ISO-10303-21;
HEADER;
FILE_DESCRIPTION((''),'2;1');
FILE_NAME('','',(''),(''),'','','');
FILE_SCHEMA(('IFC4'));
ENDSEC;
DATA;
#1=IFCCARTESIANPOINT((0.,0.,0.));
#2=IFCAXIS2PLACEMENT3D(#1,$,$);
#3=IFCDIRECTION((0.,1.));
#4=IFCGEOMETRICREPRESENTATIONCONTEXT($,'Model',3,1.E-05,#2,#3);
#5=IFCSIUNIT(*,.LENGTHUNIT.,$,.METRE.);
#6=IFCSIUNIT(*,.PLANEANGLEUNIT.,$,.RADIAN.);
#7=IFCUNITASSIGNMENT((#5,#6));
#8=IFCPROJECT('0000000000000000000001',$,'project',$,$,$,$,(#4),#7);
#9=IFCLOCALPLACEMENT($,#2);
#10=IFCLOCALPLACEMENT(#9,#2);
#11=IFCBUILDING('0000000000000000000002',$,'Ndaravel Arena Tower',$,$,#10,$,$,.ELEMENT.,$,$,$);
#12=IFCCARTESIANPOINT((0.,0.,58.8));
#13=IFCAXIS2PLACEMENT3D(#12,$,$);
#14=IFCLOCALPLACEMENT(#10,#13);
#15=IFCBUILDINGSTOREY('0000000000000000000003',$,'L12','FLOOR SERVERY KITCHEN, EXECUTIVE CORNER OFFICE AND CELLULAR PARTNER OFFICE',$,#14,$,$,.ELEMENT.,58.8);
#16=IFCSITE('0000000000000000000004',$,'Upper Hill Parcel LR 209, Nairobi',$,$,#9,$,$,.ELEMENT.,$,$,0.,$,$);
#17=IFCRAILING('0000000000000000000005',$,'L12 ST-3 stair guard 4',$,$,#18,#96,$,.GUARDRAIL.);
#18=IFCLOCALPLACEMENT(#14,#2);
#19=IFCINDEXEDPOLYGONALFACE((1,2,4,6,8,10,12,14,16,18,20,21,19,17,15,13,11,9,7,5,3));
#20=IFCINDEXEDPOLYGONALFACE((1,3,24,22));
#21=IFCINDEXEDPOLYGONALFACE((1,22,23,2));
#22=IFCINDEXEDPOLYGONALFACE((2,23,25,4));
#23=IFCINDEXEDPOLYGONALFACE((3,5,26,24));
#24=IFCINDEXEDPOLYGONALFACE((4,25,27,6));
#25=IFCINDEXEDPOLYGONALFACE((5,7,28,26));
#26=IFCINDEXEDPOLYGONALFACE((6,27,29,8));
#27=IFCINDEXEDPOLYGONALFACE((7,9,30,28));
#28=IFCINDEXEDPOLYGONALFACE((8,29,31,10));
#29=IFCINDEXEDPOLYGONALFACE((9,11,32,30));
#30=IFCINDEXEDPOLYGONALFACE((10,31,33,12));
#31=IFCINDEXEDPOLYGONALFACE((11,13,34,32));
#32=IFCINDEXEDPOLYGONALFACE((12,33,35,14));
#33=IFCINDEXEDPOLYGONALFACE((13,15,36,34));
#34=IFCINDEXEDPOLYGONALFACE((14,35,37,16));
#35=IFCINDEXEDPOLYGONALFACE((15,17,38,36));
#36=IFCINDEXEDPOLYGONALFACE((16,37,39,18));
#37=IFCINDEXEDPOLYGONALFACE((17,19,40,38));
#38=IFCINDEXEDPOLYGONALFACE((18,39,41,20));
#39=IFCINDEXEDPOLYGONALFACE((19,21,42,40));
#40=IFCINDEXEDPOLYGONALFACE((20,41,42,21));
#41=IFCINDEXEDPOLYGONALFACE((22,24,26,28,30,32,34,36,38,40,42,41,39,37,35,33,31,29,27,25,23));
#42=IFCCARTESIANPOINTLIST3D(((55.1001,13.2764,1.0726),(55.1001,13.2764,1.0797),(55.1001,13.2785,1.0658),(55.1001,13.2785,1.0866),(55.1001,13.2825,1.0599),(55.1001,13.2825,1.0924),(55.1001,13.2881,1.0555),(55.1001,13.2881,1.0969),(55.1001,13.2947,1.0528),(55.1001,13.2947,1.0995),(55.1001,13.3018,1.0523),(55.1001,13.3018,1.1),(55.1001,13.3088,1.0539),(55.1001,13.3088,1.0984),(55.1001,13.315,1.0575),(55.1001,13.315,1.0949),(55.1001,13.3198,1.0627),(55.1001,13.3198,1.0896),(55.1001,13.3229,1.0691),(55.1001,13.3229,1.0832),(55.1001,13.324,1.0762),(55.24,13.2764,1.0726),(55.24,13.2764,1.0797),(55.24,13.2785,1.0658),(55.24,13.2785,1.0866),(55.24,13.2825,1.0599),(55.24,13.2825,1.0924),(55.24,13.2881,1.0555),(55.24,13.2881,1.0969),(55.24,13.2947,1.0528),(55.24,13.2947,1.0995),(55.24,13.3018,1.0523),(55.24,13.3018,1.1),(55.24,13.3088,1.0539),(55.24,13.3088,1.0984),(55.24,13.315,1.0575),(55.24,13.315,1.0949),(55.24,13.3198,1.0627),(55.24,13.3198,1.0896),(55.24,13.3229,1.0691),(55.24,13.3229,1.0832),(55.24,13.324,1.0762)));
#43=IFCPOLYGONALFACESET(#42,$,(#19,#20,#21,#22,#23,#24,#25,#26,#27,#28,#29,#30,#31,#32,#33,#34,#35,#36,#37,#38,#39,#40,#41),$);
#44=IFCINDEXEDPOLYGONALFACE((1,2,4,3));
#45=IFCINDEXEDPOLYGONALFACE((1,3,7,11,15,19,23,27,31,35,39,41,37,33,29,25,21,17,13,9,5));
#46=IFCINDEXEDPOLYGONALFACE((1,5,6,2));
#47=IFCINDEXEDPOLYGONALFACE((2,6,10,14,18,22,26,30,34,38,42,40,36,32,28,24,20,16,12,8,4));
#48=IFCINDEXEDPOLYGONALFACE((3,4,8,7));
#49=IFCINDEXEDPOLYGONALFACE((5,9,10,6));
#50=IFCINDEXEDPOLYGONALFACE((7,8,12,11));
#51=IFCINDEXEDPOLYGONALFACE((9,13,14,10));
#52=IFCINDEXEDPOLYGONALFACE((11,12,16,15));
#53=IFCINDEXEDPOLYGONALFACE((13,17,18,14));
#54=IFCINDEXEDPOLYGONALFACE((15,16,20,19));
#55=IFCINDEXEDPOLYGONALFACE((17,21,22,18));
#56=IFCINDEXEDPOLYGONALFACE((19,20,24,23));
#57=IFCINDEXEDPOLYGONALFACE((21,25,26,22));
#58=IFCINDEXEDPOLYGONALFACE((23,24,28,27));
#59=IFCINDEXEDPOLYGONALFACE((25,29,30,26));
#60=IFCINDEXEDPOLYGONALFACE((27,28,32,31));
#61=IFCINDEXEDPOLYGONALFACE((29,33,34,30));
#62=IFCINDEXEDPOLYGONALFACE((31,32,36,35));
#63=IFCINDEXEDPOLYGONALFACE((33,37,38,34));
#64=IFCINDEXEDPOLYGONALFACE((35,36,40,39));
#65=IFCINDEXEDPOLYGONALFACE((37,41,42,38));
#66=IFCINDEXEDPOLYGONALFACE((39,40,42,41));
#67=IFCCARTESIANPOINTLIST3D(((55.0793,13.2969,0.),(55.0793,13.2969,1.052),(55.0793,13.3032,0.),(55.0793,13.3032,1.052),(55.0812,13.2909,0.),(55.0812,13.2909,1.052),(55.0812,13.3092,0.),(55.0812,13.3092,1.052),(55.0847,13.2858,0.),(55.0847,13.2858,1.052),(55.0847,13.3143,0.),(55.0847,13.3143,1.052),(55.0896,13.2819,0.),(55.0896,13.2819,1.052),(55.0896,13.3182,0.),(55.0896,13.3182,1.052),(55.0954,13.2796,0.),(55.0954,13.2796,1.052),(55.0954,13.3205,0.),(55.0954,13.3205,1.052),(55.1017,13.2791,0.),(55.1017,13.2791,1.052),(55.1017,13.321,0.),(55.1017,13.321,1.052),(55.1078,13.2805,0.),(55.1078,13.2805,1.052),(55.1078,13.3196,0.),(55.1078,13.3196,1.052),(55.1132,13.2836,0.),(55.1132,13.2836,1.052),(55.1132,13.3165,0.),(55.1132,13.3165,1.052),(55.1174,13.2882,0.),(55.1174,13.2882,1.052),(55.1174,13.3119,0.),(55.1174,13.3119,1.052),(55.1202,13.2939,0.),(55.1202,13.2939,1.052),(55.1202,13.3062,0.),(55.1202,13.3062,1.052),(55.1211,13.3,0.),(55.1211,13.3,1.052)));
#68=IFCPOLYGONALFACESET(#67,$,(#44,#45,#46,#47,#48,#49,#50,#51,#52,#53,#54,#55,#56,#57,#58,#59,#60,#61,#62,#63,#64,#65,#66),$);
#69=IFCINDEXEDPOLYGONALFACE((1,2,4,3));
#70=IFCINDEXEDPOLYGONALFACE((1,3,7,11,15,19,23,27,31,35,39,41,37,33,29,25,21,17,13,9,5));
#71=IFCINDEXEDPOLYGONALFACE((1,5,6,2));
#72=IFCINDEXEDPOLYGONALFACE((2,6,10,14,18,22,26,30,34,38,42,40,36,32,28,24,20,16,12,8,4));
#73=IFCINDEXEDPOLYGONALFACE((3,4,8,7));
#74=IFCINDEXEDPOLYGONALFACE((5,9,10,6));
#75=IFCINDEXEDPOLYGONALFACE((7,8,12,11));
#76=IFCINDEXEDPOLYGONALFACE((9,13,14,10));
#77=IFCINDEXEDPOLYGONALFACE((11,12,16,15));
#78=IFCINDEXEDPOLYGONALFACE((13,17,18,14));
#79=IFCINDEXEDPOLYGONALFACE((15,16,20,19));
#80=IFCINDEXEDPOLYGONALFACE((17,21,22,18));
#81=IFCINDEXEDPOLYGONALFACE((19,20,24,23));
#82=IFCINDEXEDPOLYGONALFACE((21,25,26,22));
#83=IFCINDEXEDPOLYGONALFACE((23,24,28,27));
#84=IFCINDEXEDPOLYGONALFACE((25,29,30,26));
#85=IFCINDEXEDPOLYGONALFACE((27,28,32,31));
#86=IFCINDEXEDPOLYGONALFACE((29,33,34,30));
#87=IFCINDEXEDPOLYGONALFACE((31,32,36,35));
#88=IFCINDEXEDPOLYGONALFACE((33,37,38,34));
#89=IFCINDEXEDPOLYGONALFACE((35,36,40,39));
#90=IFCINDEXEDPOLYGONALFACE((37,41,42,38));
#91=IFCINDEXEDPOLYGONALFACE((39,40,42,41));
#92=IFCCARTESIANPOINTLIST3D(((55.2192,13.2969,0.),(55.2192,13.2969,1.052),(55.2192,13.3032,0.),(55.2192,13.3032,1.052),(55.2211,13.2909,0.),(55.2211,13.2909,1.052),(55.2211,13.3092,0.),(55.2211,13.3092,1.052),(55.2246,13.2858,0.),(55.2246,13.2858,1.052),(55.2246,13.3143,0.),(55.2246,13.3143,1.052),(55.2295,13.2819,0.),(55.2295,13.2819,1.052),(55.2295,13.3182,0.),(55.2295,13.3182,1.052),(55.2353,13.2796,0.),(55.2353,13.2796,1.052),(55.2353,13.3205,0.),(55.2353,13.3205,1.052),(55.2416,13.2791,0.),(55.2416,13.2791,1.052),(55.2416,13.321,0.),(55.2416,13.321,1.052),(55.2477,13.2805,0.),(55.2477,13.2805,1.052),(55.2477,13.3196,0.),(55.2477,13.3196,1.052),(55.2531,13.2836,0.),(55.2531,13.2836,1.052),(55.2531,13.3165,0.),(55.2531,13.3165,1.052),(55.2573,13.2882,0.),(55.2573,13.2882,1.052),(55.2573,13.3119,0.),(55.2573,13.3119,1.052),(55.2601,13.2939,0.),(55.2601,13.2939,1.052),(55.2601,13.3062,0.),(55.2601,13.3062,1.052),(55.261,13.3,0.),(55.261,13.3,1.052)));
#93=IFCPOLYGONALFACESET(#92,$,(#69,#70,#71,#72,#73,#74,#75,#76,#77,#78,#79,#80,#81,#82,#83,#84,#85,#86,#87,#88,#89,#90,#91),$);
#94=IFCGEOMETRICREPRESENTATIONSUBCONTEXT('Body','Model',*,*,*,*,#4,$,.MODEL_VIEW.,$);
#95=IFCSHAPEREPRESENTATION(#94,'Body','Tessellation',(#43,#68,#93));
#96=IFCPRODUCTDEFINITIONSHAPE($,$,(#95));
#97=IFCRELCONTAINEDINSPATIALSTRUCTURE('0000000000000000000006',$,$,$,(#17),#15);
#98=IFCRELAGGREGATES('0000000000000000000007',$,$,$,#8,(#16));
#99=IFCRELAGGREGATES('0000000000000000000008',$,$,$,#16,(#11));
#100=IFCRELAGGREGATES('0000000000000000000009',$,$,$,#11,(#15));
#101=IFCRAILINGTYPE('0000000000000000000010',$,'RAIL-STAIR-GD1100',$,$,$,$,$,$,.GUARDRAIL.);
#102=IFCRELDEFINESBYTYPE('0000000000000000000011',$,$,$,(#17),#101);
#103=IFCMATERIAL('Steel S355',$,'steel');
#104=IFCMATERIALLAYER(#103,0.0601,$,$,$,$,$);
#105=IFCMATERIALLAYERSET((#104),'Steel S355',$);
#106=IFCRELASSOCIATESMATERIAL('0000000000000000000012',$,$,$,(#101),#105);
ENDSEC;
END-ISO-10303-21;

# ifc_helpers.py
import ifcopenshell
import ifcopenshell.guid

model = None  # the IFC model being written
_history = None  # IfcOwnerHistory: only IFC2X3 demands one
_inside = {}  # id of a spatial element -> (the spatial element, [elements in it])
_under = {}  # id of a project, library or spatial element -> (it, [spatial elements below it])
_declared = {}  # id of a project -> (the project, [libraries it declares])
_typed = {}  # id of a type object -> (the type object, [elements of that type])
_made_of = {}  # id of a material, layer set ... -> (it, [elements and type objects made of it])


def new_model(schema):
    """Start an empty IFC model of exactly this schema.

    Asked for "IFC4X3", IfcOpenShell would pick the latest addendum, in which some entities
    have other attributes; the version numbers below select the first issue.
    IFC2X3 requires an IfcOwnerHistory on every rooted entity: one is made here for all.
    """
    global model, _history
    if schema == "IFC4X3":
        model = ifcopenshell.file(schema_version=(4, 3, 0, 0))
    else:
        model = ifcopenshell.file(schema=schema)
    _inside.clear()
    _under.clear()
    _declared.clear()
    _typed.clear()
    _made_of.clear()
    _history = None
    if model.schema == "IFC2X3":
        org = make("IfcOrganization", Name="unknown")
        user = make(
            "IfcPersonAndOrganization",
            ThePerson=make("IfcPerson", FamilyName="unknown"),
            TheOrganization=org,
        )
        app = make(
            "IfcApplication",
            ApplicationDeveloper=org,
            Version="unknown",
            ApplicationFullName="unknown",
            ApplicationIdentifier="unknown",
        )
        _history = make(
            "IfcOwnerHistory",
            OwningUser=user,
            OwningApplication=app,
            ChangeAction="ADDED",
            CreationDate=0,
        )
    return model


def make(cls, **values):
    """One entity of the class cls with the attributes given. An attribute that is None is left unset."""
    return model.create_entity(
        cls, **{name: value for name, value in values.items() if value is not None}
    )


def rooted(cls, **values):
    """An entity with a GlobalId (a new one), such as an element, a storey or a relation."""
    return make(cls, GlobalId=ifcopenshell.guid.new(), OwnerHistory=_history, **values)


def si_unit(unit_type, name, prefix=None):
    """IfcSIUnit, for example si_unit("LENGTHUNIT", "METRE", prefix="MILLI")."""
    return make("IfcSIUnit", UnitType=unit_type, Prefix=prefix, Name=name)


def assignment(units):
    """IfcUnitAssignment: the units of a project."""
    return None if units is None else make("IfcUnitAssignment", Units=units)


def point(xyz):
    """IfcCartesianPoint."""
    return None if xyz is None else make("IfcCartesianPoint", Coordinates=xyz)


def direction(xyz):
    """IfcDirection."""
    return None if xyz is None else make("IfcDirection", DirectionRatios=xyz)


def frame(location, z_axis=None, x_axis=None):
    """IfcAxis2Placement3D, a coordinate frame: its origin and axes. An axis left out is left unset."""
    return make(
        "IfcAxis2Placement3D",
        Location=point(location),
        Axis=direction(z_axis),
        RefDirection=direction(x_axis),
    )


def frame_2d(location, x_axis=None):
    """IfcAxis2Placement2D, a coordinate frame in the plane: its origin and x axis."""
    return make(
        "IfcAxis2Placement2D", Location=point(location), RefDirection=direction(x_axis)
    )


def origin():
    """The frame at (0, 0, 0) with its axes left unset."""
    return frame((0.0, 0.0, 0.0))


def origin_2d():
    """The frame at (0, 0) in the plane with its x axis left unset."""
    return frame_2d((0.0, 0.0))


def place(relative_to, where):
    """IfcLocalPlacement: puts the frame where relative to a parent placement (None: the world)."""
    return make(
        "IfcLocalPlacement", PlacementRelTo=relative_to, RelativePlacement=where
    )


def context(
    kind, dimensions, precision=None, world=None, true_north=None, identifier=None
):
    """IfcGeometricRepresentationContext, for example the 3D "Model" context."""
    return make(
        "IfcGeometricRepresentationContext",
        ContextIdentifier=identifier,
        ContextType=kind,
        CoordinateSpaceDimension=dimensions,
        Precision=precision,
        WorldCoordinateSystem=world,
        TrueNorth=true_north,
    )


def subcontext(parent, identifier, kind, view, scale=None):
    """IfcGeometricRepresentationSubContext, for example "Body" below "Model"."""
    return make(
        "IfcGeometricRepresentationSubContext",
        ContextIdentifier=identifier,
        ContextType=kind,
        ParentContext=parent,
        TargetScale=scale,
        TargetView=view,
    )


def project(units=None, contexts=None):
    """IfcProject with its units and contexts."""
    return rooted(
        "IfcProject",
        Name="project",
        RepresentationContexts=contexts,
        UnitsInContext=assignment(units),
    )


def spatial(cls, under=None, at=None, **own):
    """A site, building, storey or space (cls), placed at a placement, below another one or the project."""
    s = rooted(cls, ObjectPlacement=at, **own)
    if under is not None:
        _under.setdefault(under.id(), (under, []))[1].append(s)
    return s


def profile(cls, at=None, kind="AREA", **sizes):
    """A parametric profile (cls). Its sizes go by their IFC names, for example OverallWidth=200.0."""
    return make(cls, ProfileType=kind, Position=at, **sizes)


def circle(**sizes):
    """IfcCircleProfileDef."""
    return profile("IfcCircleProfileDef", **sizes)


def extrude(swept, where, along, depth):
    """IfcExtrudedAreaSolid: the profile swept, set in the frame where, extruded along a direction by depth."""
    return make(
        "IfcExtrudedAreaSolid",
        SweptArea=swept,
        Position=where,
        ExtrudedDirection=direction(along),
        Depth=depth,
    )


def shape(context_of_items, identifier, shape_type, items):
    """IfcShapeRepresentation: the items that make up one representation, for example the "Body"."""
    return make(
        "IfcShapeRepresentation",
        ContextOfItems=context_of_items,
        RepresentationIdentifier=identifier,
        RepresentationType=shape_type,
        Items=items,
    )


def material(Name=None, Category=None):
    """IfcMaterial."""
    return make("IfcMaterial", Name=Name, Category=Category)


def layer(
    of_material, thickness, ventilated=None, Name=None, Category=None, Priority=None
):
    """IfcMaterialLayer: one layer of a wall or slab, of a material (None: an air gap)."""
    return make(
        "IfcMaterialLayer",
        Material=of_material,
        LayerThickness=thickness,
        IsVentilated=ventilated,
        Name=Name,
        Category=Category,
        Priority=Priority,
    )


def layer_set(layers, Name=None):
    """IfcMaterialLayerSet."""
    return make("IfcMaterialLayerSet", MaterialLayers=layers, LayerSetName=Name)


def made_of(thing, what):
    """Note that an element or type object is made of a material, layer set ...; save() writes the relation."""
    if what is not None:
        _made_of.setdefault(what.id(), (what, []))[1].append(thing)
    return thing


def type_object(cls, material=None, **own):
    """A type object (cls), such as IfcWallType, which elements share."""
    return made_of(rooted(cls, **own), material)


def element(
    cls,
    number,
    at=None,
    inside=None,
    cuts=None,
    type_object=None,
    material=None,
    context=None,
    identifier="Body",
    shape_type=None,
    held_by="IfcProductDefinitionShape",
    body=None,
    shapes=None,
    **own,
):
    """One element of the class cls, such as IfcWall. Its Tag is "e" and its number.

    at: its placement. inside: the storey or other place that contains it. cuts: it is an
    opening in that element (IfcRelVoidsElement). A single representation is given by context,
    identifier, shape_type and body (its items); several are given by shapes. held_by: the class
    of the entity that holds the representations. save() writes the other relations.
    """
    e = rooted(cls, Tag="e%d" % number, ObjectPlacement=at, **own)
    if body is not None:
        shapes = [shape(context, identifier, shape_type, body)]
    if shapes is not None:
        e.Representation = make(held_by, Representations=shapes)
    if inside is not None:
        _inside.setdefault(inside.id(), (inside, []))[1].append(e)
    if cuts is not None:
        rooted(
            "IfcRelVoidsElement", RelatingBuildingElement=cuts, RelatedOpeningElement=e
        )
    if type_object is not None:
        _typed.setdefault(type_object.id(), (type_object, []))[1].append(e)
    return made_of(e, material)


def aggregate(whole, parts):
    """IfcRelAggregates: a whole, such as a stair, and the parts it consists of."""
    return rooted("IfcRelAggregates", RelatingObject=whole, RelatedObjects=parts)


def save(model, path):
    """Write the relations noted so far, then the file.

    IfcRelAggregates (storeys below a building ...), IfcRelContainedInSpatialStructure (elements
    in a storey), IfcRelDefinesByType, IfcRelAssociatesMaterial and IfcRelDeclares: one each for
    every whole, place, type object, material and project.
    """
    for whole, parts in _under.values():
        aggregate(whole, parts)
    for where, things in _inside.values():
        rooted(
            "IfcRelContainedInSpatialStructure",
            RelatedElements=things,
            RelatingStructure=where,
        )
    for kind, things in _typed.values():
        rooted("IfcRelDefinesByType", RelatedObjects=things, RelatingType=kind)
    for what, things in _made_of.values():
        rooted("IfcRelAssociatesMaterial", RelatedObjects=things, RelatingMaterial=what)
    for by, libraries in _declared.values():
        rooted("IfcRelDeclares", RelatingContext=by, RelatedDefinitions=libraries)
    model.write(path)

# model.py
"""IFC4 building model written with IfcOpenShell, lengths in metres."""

from ifc_helpers import new_model, si_unit, direction, frame, origin, origin_2d, place, context, subcontext, project, spatial, circle, extrude, material, layer, layer_set, type_object, element, save


model = new_model("IFC4")

# Units and contexts
model_context = context("Model", 3, precision=1e-05, world=origin(), true_north=direction((0.0, 1.0)))
body_context = subcontext(model_context, "Body", "Model", "MODEL_VIEW")
ifc_project = project(units=[si_unit("LENGTHUNIT", "METRE"), si_unit("PLANEANGLEUNIT", "RADIAN")], contexts=[model_context])

# Site, building, storey
site_placement = place(None, origin())
site = spatial("IfcSite", under=ifc_project, at=site_placement, Name="Upper Hill Parcel LR 209, Nairobi", CompositionType="ELEMENT", RefElevation=0.0)
building_placement = place(site_placement, origin())
building = spatial("IfcBuilding", under=site, at=building_placement, Name="Ndaravel Arena Tower", CompositionType="ELEMENT")
storey_placement = place(building_placement, frame((0.0, 0.0, 58.8)))
storey = spatial("IfcBuildingStorey", under=building, at=storey_placement, Name="L12", Description="FLOOR SERVERY KITCHEN, EXECUTIVE CORNER OFFICE AND CELLULAR PARTNER OFFICE", CompositionType="ELEMENT", Elevation=58.8)

# Railing
ifc_material_1 = material(Name="Steel S355", Category="steel")
ifc_layer_1 = layer(ifc_material_1, 0.0601)
ifc_layer_set_1 = layer_set([ifc_layer_1], Name="Steel S355")
railing_type_1 = type_object("IfcRailingType", Name="RAIL-STAIR-GD1100", PredefinedType="GUARDRAIL", material=ifc_layer_set_1)
railing_1_placement = place(storey_placement, frame((55.1001, 13.3, 0.0)))
element("IfcRailing", 1, at=railing_1_placement, inside=storey, type_object=railing_type_1, Name="L12 ST-3 stair guard 4", PredefinedType="GUARDRAIL", context=body_context, shape_type="SweptSolid", body=[
    extrude(circle(Radius=0.0239, at=origin_2d()), frame((0.0, 0.0, 1.0762), z_axis=(1.0, 0.0, 0.0), x_axis=(0.0, 1.0, 0.0)), (0.0, 0.0, 1.0), 0.1399),
    extrude(circle(Radius=0.021, at=origin_2d()), origin(), (0.0, 0.0, 1.0), 1.052),
    extrude(circle(Radius=0.021, at=origin_2d()), frame((0.1399, 0.0, 0.0)), (0.0, 0.0, 1.0), 1.052),
])

save(model, "model.ifc")
